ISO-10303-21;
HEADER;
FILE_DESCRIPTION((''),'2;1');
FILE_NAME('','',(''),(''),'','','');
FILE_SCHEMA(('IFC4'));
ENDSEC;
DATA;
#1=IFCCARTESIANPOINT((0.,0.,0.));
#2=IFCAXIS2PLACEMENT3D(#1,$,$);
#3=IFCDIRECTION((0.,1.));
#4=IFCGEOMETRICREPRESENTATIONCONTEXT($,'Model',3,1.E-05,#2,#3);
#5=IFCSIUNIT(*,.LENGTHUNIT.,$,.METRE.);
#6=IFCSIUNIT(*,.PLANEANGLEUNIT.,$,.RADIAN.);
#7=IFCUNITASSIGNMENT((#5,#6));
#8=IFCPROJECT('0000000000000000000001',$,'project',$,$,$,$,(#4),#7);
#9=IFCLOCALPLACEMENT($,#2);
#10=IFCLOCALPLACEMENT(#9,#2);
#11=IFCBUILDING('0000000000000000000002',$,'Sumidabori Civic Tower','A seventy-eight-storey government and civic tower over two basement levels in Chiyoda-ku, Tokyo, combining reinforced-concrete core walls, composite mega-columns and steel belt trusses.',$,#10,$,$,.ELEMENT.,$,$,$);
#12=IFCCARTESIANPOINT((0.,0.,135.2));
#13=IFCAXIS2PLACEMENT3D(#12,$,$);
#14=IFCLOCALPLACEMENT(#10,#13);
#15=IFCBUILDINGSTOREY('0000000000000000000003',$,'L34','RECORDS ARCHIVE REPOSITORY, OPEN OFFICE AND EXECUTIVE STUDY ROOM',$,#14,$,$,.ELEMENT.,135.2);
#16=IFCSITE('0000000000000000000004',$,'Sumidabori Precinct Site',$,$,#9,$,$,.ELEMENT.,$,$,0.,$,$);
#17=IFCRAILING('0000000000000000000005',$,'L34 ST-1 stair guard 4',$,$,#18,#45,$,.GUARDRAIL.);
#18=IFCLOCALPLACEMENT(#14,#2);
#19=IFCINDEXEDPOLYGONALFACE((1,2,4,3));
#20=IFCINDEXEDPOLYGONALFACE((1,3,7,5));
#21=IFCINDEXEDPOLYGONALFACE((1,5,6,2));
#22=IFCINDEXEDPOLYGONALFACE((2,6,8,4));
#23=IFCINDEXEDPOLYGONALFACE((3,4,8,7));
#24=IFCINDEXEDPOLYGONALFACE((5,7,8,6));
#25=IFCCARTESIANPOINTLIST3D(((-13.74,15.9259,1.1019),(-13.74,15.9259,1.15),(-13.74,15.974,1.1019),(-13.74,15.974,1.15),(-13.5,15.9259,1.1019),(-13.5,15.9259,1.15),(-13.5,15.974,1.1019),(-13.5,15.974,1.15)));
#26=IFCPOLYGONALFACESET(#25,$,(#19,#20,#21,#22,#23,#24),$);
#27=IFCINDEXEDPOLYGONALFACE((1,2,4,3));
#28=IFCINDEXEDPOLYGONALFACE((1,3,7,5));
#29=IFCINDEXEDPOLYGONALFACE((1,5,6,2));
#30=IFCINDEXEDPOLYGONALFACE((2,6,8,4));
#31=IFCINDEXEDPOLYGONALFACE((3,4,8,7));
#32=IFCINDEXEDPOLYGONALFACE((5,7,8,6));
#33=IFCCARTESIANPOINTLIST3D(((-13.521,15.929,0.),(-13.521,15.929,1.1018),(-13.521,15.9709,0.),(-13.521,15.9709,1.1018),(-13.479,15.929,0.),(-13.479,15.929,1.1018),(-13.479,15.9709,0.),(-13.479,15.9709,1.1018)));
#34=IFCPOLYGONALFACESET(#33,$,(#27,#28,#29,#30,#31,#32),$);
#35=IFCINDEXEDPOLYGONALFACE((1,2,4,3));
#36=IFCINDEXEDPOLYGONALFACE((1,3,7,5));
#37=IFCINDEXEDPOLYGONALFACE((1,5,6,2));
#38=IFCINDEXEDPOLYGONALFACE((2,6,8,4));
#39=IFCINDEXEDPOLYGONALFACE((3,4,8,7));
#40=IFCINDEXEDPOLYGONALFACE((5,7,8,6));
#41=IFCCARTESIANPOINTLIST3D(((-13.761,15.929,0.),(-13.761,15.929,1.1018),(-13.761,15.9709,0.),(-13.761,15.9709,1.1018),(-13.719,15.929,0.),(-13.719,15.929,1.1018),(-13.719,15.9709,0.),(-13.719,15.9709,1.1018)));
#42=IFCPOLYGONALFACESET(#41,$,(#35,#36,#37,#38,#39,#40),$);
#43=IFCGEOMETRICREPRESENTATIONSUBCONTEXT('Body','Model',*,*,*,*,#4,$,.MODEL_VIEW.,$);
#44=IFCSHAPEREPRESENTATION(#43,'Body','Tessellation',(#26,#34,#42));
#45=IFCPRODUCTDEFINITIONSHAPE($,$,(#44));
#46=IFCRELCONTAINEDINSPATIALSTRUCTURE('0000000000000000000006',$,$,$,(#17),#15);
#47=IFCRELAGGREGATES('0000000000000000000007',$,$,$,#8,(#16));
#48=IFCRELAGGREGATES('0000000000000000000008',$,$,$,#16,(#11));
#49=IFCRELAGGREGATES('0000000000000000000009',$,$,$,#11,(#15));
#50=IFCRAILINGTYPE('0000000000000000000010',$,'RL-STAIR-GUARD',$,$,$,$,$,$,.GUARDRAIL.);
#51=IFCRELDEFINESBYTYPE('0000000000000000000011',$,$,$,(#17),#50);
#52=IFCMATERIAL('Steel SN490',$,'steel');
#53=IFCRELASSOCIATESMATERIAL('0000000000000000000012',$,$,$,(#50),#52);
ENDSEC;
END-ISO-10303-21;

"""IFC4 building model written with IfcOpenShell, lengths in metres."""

from ifc_helpers import new_model, si_unit, direction, frame, origin, origin_2d, place, context, subcontext, project, spatial, rectangle, extrude, material, type_object, element, save


model = new_model("IFC4")

# Units and contexts
model_context = context("Model", 3, precision=1e-05, world=origin(), true_north=direction((0.0, 1.0)))
body_context = subcontext(model_context, "Body", "Model", "MODEL_VIEW")
ifc_project = project(units=[si_unit("LENGTHUNIT", "METRE"), si_unit("PLANEANGLEUNIT", "RADIAN")], contexts=[model_context])

# Site, building, storey
site_placement = place(None, origin())
site = spatial("IfcSite", under=ifc_project, at=site_placement, Name="Sumidabori Precinct Site", CompositionType="ELEMENT", RefElevation=0.0)
building_placement = place(site_placement, origin())
building = spatial("IfcBuilding", under=site, at=building_placement, Name="Sumidabori Civic Tower", Description="A seventy-eight-storey government and civic tower over two basement levels in Chiyoda-ku, Tokyo, combining reinforced-concrete core walls, composite mega-columns and steel belt trusses.", CompositionType="ELEMENT")
storey_placement = place(building_placement, frame((0.0, 0.0, 135.2)))
storey = spatial("IfcBuildingStorey", under=building, at=storey_placement, Name="L34", Description="RECORDS ARCHIVE REPOSITORY, OPEN OFFICE AND EXECUTIVE STUDY ROOM", CompositionType="ELEMENT", Elevation=135.2)

# Shared definitions
ifc_material_1 = material(Name="Steel SN490", Category="steel")

# Railing
railing_type_1 = type_object("IfcRailingType", Name="RL-STAIR-GUARD", PredefinedType="GUARDRAIL", material=ifc_material_1)
railing_1_placement = place(storey_placement, frame((-13.5, 15.95, 0.0)))
element("IfcRailing", 1, at=railing_1_placement, inside=storey, type_object=railing_type_1, Name="L34 ST-1 stair guard 4", PredefinedType="GUARDRAIL", context=body_context, shape_type="SweptSolid", body=[
    extrude(rectangle(XDim=0.0481, YDim=0.0481, at=origin_2d()), frame((0.0, 0.0, 1.126), z_axis=(-1.0, 0.0, 0.0), x_axis=(0.0, -1.0, 0.0)), (0.0, 0.0, 1.0), 0.24),
    extrude(rectangle(XDim=0.042, YDim=0.042, at=origin_2d()), origin(), (0.0, 0.0, 1.0), 1.1018),
    extrude(rectangle(XDim=0.042, YDim=0.042, at=origin_2d()), frame((-0.24, 0.0, 0.0)), (0.0, 0.0, 1.0), 1.1018),
])

save(model, "model.ifc")
